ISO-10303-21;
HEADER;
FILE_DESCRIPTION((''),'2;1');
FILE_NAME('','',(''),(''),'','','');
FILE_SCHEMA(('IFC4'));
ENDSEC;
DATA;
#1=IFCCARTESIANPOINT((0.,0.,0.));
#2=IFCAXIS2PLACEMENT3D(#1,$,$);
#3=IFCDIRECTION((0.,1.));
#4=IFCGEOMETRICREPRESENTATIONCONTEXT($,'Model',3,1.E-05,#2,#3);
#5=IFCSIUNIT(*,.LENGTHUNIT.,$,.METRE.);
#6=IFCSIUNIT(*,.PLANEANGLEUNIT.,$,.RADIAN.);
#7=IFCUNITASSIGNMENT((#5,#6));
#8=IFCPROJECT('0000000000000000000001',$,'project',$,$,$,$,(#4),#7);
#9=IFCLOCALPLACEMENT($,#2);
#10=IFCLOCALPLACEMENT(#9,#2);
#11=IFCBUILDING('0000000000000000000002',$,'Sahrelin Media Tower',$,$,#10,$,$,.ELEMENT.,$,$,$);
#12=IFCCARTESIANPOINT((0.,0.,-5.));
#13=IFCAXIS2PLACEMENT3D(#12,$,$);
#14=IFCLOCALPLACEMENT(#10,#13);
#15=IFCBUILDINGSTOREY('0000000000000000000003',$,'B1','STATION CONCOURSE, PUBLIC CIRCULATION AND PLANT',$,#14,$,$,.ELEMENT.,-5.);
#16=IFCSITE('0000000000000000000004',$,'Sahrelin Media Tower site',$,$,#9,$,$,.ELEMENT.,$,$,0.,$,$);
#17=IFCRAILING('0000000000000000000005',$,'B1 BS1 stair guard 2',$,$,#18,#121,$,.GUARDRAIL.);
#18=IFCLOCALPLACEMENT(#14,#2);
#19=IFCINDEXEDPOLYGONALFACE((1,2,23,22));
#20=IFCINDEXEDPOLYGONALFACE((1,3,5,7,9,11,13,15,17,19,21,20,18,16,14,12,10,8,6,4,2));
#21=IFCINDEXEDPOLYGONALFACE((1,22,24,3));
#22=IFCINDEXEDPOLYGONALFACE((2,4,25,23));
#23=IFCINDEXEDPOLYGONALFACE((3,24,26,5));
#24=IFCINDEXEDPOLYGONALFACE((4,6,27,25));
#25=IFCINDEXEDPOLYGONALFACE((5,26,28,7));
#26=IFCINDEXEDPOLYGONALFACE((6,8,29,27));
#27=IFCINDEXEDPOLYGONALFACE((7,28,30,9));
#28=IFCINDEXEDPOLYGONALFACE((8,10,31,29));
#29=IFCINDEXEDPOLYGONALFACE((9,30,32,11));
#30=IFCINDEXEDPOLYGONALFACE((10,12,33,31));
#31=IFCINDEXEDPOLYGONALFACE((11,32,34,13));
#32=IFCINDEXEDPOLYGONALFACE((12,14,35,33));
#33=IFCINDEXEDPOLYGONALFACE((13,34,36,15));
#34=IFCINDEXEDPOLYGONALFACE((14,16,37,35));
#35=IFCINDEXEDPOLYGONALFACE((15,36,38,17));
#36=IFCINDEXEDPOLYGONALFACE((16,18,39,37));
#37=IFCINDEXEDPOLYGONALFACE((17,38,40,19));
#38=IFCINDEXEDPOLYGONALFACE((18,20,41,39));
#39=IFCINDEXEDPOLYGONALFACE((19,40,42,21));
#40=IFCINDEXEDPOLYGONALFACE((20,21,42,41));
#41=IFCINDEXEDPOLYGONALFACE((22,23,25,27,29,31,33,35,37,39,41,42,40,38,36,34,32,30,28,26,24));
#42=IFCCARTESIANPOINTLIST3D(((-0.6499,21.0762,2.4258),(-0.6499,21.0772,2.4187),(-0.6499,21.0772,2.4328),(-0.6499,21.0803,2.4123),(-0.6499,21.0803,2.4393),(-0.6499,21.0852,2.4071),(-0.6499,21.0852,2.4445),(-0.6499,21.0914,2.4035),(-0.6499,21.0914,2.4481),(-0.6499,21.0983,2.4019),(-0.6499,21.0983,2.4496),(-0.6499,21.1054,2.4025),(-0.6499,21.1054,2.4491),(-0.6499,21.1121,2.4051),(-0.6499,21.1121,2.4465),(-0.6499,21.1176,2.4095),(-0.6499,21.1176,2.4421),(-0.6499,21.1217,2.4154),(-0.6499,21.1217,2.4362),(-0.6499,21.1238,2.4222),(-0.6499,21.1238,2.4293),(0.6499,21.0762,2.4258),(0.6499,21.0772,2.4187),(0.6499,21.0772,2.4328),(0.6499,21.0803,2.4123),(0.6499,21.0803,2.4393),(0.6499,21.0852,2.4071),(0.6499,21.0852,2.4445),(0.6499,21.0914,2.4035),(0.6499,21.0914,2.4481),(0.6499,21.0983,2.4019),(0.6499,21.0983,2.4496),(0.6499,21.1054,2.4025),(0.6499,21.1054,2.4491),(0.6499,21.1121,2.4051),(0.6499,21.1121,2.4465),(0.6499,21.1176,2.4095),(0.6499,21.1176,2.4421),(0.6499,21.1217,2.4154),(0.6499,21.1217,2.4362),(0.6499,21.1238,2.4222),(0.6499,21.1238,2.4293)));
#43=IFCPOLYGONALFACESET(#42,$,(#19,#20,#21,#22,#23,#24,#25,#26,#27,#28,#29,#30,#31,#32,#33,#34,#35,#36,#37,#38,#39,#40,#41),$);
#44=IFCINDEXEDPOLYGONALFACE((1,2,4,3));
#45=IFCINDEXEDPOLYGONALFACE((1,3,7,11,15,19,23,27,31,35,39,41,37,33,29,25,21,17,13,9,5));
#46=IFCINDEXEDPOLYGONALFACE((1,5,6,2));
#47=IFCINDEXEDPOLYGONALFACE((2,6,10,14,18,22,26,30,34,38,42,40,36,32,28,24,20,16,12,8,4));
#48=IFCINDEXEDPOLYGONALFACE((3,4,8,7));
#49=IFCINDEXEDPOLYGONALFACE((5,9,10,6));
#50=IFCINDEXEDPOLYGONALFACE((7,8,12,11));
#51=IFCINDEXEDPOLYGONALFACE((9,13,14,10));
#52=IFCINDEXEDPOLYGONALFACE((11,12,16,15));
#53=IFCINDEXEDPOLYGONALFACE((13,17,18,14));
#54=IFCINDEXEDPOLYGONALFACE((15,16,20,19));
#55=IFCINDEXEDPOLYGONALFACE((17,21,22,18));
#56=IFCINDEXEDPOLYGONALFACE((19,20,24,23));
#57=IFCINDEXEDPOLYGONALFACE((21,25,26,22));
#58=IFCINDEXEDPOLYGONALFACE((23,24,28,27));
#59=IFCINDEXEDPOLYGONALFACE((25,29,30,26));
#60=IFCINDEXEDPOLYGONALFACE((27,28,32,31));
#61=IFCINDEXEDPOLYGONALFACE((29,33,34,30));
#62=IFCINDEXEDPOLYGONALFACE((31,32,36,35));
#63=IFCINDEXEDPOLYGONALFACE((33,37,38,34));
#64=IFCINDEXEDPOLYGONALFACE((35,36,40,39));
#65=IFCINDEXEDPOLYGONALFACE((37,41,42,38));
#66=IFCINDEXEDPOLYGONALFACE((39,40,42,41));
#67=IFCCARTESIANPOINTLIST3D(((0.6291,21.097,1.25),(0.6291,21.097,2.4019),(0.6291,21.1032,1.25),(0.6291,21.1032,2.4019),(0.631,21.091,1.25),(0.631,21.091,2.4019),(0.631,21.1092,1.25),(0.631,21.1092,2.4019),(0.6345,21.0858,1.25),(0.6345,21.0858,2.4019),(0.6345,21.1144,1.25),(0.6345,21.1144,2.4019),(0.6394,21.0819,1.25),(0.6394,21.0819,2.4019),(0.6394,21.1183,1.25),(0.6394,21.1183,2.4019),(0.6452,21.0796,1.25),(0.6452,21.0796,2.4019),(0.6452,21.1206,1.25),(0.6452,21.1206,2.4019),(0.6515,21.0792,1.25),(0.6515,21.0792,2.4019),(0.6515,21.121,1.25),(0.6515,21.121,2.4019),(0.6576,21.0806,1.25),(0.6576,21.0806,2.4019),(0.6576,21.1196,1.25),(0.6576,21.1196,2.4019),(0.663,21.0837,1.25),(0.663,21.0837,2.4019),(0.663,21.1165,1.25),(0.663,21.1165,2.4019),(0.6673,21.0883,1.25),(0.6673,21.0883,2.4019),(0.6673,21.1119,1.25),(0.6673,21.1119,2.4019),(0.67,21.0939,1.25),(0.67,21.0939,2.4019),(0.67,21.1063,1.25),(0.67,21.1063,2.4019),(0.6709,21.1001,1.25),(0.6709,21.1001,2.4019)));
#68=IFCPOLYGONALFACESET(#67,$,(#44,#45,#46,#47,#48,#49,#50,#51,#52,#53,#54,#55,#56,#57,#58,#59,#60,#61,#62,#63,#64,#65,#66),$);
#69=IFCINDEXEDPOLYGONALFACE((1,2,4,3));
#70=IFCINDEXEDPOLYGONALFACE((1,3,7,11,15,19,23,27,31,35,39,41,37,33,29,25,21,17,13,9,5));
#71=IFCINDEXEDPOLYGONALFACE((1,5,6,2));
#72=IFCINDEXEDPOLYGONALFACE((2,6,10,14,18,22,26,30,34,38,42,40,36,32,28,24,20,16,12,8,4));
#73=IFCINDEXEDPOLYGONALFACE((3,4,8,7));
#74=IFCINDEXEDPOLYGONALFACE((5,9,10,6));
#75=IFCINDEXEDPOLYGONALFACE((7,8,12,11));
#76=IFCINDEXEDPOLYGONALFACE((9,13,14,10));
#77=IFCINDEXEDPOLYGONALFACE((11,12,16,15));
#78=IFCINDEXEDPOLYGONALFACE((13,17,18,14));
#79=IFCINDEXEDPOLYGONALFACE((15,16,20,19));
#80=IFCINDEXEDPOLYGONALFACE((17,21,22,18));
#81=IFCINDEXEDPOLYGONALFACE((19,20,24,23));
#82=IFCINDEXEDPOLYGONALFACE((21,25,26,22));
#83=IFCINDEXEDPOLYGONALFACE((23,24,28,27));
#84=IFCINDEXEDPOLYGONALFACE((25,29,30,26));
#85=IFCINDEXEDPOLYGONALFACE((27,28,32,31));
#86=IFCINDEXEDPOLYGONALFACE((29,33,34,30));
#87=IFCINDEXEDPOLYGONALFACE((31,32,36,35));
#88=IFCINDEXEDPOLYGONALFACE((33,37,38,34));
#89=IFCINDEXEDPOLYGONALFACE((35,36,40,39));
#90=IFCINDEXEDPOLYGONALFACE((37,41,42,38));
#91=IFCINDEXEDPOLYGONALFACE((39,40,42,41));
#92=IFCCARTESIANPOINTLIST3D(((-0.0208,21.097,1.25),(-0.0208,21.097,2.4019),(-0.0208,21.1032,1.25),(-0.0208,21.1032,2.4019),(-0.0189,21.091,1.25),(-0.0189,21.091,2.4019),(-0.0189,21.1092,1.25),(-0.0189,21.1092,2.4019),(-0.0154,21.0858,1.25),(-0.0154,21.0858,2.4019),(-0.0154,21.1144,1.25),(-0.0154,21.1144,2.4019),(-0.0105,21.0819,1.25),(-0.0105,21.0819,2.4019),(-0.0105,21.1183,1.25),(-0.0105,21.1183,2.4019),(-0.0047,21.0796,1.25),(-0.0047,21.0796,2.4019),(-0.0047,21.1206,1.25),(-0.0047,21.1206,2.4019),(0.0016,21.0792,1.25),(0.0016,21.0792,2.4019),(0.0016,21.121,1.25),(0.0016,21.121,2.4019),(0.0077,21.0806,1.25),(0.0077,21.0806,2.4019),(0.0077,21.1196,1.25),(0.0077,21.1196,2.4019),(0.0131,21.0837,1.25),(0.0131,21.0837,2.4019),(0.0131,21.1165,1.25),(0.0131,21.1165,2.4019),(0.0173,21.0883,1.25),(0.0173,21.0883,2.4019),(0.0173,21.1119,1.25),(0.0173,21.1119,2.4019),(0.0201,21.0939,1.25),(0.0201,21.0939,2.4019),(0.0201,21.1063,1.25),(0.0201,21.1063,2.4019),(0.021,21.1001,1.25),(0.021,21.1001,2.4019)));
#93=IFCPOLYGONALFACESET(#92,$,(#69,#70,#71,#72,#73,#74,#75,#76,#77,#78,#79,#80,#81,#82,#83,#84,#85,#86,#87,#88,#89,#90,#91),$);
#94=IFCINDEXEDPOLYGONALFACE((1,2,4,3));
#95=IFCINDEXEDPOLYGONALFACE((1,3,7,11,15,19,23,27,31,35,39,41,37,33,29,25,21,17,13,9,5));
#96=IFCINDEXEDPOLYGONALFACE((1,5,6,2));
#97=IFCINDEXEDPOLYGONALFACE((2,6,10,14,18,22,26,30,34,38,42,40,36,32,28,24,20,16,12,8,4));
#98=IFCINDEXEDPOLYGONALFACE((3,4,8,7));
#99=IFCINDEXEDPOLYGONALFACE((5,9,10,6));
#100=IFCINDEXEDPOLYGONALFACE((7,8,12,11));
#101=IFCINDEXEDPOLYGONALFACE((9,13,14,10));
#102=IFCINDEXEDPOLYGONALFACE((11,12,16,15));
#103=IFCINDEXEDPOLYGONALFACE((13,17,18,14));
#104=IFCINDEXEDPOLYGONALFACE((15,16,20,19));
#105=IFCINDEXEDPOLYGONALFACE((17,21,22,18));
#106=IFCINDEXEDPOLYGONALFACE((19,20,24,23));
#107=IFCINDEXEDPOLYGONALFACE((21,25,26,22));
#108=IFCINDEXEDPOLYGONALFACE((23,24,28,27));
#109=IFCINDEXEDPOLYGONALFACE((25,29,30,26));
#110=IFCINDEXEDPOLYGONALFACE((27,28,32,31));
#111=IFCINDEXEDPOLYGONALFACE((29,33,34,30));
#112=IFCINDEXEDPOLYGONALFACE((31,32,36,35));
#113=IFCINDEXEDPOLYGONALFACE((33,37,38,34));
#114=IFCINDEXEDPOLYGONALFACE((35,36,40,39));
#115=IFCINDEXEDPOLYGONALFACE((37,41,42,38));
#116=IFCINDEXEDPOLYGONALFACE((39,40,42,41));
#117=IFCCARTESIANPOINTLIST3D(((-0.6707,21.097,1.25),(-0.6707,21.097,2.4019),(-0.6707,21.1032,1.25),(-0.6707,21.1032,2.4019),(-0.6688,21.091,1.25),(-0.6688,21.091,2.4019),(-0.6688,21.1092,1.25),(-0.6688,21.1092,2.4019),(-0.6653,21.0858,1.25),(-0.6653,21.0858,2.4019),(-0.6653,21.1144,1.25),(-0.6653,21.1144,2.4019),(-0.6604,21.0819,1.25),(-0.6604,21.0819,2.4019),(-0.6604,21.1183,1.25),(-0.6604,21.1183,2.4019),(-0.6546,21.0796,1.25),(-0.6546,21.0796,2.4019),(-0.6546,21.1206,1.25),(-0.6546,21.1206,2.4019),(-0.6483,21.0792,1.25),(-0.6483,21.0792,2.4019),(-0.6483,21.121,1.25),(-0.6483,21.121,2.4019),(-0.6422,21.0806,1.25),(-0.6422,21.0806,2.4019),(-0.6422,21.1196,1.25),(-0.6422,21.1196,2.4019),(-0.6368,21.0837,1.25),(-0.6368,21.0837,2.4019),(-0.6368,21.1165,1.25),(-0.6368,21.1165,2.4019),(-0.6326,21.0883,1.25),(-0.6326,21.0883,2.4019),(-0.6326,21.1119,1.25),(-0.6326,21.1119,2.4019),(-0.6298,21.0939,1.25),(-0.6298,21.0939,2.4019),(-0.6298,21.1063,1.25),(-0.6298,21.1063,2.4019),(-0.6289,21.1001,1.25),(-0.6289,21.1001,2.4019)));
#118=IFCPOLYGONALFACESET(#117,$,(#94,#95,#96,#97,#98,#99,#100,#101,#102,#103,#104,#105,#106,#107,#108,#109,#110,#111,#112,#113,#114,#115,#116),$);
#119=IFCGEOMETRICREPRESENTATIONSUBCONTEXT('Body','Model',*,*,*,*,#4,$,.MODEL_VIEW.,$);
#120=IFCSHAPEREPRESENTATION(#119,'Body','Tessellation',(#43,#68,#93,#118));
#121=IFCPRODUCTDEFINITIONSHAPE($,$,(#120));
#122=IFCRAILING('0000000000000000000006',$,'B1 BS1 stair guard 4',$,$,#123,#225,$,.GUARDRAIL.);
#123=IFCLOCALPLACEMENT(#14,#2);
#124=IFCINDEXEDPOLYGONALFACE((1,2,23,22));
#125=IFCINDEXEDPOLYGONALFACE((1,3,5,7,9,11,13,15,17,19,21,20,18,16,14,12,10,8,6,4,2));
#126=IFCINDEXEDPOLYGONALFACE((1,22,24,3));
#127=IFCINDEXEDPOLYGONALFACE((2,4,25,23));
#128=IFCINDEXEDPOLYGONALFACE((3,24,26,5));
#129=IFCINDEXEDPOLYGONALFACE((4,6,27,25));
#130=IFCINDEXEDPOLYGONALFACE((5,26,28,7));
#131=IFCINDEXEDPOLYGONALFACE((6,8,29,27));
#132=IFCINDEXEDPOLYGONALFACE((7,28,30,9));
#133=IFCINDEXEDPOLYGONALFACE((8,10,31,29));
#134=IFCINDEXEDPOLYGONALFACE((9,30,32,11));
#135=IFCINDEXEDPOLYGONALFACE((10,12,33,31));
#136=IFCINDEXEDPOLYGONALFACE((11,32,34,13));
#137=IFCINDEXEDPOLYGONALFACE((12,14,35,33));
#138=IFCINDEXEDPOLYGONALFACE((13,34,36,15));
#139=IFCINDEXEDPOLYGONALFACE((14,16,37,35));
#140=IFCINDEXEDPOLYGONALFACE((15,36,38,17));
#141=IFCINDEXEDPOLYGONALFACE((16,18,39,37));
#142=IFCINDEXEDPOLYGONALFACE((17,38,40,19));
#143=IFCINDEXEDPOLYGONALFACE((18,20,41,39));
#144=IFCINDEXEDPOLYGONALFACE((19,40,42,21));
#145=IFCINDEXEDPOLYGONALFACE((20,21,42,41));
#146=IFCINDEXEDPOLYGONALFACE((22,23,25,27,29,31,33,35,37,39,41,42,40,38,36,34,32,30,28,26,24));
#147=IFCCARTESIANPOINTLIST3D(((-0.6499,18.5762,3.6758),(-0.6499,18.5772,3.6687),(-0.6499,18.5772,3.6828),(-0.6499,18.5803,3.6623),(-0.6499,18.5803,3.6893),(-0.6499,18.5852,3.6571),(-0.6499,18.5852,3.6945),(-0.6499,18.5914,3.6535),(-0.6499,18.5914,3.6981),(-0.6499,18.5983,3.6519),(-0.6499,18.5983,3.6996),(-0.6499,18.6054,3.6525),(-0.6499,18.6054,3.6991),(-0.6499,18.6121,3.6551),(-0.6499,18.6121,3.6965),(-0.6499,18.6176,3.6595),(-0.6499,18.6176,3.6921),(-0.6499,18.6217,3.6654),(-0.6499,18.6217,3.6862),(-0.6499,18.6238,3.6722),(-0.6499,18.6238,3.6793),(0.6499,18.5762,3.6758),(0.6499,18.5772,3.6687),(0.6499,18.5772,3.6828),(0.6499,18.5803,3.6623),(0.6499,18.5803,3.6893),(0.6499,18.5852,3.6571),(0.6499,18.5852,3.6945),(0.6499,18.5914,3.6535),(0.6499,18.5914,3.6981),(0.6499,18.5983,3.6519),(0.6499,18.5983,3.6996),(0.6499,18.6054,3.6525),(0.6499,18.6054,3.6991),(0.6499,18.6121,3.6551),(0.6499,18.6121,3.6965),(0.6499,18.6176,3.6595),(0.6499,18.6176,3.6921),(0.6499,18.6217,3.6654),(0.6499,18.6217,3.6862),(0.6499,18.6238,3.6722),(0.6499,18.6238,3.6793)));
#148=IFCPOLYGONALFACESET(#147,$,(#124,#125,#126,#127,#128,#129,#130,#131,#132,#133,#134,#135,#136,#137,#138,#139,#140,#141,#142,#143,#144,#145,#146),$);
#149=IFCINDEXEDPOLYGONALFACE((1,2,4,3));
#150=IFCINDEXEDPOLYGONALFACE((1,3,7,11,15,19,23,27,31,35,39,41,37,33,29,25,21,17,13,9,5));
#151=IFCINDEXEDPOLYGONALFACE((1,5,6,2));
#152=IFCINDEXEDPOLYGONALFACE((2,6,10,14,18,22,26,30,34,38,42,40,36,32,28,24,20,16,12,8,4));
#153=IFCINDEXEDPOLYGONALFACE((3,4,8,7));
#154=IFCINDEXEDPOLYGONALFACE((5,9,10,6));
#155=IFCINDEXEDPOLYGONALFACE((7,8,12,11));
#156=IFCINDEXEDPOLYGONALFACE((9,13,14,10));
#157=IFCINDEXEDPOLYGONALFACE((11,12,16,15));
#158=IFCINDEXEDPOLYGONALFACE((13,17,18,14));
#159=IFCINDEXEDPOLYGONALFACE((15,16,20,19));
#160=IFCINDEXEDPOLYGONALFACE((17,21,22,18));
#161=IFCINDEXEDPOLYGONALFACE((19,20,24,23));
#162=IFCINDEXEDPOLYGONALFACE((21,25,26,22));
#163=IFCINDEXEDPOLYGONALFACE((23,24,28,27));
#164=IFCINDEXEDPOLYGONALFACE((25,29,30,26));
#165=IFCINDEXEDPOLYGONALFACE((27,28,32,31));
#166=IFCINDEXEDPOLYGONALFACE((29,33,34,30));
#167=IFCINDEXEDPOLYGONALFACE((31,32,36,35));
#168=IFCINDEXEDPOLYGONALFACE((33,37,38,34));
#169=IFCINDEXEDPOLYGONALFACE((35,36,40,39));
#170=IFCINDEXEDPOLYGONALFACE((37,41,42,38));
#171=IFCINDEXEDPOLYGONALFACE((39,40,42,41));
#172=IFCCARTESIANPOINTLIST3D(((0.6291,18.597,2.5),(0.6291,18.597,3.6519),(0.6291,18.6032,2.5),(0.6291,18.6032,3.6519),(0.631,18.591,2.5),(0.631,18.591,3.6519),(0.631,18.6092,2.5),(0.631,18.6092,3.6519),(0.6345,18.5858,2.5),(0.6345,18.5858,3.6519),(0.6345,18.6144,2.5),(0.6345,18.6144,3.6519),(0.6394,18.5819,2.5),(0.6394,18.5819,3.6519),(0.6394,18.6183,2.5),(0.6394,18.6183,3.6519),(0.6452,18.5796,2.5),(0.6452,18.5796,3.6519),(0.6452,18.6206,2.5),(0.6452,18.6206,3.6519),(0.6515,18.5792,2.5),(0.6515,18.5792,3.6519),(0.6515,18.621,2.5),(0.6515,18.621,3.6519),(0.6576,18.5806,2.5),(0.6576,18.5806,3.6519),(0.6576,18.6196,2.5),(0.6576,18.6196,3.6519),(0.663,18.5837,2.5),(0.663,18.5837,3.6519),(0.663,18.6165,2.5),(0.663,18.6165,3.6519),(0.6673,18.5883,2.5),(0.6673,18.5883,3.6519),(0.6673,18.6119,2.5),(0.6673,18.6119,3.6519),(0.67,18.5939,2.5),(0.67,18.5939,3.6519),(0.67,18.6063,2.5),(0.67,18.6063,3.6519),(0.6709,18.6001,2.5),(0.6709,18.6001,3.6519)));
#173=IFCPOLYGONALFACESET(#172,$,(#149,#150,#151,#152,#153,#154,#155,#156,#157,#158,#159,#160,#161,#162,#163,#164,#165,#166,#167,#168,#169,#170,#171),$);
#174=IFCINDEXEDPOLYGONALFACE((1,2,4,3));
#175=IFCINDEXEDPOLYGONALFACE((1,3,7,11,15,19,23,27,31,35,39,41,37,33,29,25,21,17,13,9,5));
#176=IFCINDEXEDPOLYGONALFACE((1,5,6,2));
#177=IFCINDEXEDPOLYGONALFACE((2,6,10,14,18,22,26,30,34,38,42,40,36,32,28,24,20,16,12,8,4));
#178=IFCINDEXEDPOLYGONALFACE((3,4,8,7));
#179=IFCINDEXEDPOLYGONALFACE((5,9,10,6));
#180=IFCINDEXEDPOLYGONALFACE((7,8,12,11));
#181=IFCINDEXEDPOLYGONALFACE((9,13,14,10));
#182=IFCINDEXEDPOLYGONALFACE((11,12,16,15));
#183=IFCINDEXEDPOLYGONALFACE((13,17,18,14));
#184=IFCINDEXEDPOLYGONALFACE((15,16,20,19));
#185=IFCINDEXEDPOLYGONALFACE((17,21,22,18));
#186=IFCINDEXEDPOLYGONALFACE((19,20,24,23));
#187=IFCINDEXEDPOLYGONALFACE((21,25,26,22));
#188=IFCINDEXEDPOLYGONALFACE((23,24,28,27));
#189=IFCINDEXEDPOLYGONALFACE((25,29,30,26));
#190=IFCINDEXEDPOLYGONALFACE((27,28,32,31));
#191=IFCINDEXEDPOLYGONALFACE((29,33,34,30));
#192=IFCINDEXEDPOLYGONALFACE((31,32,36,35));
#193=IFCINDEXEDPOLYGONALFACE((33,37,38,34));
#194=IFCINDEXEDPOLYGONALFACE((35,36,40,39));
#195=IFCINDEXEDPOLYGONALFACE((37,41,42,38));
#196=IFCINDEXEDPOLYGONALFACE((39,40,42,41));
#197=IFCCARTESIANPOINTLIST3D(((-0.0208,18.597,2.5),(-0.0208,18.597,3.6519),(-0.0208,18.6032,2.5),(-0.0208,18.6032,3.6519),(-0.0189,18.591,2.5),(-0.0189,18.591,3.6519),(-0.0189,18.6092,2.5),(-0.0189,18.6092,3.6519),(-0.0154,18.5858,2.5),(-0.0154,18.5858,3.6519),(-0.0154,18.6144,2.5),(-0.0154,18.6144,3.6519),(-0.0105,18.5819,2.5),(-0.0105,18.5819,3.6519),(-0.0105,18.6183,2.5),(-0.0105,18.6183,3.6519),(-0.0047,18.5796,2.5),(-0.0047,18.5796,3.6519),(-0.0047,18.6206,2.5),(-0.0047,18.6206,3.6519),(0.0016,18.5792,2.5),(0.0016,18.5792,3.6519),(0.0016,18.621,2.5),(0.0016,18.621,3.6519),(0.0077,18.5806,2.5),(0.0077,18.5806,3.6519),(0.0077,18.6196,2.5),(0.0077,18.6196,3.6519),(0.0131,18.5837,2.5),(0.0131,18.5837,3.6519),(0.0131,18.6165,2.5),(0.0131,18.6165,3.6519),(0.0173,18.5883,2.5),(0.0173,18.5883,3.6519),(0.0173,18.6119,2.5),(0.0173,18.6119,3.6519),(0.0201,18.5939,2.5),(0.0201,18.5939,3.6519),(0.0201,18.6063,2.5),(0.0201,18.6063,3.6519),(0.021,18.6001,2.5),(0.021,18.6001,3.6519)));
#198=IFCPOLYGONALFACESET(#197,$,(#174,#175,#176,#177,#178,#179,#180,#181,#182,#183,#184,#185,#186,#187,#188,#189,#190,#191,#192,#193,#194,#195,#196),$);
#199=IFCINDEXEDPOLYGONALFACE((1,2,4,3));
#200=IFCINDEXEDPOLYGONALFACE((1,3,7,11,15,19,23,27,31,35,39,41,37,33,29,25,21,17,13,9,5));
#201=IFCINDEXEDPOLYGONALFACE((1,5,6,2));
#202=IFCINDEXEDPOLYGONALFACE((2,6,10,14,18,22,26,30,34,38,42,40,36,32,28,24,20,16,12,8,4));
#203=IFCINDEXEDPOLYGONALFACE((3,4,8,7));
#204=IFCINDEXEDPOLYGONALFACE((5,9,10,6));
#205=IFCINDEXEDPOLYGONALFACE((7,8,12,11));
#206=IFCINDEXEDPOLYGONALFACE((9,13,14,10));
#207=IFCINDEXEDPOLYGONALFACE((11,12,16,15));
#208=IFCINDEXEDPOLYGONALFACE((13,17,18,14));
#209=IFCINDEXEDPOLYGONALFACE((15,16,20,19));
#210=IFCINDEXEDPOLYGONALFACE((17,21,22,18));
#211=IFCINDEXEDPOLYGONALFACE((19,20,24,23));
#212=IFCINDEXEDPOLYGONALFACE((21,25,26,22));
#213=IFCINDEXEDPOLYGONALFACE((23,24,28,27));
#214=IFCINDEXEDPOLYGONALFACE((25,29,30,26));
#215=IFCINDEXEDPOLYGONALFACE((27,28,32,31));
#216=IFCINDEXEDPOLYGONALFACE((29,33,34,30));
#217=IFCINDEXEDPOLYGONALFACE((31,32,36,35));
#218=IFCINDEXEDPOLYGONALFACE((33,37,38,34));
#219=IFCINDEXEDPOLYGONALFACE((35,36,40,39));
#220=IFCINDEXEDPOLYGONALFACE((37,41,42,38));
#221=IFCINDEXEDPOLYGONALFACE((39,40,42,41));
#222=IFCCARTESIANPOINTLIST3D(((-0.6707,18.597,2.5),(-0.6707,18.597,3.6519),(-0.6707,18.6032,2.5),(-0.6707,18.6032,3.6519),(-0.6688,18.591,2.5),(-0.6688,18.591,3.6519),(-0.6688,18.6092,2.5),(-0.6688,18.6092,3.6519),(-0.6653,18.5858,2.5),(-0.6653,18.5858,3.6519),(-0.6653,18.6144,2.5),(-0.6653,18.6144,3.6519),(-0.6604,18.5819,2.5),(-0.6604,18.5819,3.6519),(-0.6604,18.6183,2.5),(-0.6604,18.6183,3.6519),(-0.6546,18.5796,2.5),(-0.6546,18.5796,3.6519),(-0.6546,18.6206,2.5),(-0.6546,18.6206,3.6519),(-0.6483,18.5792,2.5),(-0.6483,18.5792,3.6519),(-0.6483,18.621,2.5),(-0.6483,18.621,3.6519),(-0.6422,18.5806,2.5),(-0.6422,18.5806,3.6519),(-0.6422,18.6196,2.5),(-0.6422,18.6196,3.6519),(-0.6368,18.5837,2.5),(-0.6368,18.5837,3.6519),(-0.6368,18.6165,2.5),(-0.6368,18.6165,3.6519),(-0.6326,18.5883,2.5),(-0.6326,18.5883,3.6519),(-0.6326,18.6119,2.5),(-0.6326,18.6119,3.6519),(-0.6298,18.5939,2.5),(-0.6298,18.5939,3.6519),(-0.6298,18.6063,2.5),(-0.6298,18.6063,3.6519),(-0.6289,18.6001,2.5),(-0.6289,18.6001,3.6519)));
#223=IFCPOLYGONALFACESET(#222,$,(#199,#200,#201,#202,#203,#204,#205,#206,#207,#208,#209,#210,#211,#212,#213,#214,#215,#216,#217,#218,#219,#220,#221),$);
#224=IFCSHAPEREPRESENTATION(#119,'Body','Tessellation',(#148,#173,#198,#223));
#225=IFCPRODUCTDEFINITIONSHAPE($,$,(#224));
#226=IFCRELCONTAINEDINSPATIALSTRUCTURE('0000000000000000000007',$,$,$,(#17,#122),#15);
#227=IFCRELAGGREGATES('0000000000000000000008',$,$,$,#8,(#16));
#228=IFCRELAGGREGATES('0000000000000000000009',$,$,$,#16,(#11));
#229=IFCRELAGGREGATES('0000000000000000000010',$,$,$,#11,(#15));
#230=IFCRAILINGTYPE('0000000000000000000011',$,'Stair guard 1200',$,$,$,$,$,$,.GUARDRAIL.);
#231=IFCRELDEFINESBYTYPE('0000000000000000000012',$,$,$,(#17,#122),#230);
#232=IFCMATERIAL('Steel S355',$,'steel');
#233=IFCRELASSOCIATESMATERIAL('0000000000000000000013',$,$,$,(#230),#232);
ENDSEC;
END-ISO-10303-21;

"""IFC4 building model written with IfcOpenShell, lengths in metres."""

from ifc_helpers import new_model, si_unit, direction, frame, origin, origin_2d, place, context, subcontext, project, spatial, circle, extrude, material, type_object, element, save


model = new_model("IFC4")

# Units and contexts
model_context = context("Model", 3, precision=1e-05, world=origin(), true_north=direction((0.0, 1.0)))
body_context = subcontext(model_context, "Body", "Model", "MODEL_VIEW")
ifc_project = project(units=[si_unit("LENGTHUNIT", "METRE"), si_unit("PLANEANGLEUNIT", "RADIAN")], contexts=[model_context])

# Site, building, storey
site_placement = place(None, origin())
site = spatial("IfcSite", under=ifc_project, at=site_placement, Name="Sahrelin Media Tower site", CompositionType="ELEMENT", RefElevation=0.0)
building_placement = place(site_placement, origin())
building = spatial("IfcBuilding", under=site, at=building_placement, Name="Sahrelin Media Tower", CompositionType="ELEMENT")
storey_placement = place(building_placement, frame((0.0, 0.0, -5.0)))
storey = spatial("IfcBuildingStorey", under=building, at=storey_placement, Name="B1", Description="STATION CONCOURSE, PUBLIC CIRCULATION AND PLANT", CompositionType="ELEMENT", Elevation=-5.0)

# Railings
ifc_material_1 = material(Name="Steel S355", Category="steel")
railing_type_1 = type_object("IfcRailingType", Name="Stair guard 1200", PredefinedType="GUARDRAIL", material=ifc_material_1)
for number, where, name in (
    (1, (0.6499, 21.1001, 1.25), "B1 BS1 stair guard 2"),
    (2, (0.6499, 18.6001, 2.5), "B1 BS1 stair guard 4"),
):
    element("IfcRailing", number, at=place(storey_placement, frame(where)), inside=storey, type_object=railing_type_1, Name=name, PredefinedType="GUARDRAIL", context=body_context, shape_type="SweptSolid", body=[
        extrude(circle(Radius=0.0239, at=origin_2d()), frame((0.0, 0.0, 1.1758), z_axis=(-1.0, 0.0, 0.0), x_axis=(0.0, -1.0, 0.0)), (0.0, 0.0, 1.0), 1.2998),
        extrude(circle(Radius=0.021, at=origin_2d()), origin(), (0.0, 0.0, 1.0), 1.1519),
        extrude(circle(Radius=0.021, at=origin_2d()), frame((-0.6499, 0.0, 0.0)), (0.0, 0.0, 1.0), 1.1519),
        extrude(circle(Radius=0.021, at=origin_2d()), frame((-1.2998, 0.0, 0.0)), (0.0, 0.0, 1.0), 1.1519),
    ])

save(model, "model.ifc")
